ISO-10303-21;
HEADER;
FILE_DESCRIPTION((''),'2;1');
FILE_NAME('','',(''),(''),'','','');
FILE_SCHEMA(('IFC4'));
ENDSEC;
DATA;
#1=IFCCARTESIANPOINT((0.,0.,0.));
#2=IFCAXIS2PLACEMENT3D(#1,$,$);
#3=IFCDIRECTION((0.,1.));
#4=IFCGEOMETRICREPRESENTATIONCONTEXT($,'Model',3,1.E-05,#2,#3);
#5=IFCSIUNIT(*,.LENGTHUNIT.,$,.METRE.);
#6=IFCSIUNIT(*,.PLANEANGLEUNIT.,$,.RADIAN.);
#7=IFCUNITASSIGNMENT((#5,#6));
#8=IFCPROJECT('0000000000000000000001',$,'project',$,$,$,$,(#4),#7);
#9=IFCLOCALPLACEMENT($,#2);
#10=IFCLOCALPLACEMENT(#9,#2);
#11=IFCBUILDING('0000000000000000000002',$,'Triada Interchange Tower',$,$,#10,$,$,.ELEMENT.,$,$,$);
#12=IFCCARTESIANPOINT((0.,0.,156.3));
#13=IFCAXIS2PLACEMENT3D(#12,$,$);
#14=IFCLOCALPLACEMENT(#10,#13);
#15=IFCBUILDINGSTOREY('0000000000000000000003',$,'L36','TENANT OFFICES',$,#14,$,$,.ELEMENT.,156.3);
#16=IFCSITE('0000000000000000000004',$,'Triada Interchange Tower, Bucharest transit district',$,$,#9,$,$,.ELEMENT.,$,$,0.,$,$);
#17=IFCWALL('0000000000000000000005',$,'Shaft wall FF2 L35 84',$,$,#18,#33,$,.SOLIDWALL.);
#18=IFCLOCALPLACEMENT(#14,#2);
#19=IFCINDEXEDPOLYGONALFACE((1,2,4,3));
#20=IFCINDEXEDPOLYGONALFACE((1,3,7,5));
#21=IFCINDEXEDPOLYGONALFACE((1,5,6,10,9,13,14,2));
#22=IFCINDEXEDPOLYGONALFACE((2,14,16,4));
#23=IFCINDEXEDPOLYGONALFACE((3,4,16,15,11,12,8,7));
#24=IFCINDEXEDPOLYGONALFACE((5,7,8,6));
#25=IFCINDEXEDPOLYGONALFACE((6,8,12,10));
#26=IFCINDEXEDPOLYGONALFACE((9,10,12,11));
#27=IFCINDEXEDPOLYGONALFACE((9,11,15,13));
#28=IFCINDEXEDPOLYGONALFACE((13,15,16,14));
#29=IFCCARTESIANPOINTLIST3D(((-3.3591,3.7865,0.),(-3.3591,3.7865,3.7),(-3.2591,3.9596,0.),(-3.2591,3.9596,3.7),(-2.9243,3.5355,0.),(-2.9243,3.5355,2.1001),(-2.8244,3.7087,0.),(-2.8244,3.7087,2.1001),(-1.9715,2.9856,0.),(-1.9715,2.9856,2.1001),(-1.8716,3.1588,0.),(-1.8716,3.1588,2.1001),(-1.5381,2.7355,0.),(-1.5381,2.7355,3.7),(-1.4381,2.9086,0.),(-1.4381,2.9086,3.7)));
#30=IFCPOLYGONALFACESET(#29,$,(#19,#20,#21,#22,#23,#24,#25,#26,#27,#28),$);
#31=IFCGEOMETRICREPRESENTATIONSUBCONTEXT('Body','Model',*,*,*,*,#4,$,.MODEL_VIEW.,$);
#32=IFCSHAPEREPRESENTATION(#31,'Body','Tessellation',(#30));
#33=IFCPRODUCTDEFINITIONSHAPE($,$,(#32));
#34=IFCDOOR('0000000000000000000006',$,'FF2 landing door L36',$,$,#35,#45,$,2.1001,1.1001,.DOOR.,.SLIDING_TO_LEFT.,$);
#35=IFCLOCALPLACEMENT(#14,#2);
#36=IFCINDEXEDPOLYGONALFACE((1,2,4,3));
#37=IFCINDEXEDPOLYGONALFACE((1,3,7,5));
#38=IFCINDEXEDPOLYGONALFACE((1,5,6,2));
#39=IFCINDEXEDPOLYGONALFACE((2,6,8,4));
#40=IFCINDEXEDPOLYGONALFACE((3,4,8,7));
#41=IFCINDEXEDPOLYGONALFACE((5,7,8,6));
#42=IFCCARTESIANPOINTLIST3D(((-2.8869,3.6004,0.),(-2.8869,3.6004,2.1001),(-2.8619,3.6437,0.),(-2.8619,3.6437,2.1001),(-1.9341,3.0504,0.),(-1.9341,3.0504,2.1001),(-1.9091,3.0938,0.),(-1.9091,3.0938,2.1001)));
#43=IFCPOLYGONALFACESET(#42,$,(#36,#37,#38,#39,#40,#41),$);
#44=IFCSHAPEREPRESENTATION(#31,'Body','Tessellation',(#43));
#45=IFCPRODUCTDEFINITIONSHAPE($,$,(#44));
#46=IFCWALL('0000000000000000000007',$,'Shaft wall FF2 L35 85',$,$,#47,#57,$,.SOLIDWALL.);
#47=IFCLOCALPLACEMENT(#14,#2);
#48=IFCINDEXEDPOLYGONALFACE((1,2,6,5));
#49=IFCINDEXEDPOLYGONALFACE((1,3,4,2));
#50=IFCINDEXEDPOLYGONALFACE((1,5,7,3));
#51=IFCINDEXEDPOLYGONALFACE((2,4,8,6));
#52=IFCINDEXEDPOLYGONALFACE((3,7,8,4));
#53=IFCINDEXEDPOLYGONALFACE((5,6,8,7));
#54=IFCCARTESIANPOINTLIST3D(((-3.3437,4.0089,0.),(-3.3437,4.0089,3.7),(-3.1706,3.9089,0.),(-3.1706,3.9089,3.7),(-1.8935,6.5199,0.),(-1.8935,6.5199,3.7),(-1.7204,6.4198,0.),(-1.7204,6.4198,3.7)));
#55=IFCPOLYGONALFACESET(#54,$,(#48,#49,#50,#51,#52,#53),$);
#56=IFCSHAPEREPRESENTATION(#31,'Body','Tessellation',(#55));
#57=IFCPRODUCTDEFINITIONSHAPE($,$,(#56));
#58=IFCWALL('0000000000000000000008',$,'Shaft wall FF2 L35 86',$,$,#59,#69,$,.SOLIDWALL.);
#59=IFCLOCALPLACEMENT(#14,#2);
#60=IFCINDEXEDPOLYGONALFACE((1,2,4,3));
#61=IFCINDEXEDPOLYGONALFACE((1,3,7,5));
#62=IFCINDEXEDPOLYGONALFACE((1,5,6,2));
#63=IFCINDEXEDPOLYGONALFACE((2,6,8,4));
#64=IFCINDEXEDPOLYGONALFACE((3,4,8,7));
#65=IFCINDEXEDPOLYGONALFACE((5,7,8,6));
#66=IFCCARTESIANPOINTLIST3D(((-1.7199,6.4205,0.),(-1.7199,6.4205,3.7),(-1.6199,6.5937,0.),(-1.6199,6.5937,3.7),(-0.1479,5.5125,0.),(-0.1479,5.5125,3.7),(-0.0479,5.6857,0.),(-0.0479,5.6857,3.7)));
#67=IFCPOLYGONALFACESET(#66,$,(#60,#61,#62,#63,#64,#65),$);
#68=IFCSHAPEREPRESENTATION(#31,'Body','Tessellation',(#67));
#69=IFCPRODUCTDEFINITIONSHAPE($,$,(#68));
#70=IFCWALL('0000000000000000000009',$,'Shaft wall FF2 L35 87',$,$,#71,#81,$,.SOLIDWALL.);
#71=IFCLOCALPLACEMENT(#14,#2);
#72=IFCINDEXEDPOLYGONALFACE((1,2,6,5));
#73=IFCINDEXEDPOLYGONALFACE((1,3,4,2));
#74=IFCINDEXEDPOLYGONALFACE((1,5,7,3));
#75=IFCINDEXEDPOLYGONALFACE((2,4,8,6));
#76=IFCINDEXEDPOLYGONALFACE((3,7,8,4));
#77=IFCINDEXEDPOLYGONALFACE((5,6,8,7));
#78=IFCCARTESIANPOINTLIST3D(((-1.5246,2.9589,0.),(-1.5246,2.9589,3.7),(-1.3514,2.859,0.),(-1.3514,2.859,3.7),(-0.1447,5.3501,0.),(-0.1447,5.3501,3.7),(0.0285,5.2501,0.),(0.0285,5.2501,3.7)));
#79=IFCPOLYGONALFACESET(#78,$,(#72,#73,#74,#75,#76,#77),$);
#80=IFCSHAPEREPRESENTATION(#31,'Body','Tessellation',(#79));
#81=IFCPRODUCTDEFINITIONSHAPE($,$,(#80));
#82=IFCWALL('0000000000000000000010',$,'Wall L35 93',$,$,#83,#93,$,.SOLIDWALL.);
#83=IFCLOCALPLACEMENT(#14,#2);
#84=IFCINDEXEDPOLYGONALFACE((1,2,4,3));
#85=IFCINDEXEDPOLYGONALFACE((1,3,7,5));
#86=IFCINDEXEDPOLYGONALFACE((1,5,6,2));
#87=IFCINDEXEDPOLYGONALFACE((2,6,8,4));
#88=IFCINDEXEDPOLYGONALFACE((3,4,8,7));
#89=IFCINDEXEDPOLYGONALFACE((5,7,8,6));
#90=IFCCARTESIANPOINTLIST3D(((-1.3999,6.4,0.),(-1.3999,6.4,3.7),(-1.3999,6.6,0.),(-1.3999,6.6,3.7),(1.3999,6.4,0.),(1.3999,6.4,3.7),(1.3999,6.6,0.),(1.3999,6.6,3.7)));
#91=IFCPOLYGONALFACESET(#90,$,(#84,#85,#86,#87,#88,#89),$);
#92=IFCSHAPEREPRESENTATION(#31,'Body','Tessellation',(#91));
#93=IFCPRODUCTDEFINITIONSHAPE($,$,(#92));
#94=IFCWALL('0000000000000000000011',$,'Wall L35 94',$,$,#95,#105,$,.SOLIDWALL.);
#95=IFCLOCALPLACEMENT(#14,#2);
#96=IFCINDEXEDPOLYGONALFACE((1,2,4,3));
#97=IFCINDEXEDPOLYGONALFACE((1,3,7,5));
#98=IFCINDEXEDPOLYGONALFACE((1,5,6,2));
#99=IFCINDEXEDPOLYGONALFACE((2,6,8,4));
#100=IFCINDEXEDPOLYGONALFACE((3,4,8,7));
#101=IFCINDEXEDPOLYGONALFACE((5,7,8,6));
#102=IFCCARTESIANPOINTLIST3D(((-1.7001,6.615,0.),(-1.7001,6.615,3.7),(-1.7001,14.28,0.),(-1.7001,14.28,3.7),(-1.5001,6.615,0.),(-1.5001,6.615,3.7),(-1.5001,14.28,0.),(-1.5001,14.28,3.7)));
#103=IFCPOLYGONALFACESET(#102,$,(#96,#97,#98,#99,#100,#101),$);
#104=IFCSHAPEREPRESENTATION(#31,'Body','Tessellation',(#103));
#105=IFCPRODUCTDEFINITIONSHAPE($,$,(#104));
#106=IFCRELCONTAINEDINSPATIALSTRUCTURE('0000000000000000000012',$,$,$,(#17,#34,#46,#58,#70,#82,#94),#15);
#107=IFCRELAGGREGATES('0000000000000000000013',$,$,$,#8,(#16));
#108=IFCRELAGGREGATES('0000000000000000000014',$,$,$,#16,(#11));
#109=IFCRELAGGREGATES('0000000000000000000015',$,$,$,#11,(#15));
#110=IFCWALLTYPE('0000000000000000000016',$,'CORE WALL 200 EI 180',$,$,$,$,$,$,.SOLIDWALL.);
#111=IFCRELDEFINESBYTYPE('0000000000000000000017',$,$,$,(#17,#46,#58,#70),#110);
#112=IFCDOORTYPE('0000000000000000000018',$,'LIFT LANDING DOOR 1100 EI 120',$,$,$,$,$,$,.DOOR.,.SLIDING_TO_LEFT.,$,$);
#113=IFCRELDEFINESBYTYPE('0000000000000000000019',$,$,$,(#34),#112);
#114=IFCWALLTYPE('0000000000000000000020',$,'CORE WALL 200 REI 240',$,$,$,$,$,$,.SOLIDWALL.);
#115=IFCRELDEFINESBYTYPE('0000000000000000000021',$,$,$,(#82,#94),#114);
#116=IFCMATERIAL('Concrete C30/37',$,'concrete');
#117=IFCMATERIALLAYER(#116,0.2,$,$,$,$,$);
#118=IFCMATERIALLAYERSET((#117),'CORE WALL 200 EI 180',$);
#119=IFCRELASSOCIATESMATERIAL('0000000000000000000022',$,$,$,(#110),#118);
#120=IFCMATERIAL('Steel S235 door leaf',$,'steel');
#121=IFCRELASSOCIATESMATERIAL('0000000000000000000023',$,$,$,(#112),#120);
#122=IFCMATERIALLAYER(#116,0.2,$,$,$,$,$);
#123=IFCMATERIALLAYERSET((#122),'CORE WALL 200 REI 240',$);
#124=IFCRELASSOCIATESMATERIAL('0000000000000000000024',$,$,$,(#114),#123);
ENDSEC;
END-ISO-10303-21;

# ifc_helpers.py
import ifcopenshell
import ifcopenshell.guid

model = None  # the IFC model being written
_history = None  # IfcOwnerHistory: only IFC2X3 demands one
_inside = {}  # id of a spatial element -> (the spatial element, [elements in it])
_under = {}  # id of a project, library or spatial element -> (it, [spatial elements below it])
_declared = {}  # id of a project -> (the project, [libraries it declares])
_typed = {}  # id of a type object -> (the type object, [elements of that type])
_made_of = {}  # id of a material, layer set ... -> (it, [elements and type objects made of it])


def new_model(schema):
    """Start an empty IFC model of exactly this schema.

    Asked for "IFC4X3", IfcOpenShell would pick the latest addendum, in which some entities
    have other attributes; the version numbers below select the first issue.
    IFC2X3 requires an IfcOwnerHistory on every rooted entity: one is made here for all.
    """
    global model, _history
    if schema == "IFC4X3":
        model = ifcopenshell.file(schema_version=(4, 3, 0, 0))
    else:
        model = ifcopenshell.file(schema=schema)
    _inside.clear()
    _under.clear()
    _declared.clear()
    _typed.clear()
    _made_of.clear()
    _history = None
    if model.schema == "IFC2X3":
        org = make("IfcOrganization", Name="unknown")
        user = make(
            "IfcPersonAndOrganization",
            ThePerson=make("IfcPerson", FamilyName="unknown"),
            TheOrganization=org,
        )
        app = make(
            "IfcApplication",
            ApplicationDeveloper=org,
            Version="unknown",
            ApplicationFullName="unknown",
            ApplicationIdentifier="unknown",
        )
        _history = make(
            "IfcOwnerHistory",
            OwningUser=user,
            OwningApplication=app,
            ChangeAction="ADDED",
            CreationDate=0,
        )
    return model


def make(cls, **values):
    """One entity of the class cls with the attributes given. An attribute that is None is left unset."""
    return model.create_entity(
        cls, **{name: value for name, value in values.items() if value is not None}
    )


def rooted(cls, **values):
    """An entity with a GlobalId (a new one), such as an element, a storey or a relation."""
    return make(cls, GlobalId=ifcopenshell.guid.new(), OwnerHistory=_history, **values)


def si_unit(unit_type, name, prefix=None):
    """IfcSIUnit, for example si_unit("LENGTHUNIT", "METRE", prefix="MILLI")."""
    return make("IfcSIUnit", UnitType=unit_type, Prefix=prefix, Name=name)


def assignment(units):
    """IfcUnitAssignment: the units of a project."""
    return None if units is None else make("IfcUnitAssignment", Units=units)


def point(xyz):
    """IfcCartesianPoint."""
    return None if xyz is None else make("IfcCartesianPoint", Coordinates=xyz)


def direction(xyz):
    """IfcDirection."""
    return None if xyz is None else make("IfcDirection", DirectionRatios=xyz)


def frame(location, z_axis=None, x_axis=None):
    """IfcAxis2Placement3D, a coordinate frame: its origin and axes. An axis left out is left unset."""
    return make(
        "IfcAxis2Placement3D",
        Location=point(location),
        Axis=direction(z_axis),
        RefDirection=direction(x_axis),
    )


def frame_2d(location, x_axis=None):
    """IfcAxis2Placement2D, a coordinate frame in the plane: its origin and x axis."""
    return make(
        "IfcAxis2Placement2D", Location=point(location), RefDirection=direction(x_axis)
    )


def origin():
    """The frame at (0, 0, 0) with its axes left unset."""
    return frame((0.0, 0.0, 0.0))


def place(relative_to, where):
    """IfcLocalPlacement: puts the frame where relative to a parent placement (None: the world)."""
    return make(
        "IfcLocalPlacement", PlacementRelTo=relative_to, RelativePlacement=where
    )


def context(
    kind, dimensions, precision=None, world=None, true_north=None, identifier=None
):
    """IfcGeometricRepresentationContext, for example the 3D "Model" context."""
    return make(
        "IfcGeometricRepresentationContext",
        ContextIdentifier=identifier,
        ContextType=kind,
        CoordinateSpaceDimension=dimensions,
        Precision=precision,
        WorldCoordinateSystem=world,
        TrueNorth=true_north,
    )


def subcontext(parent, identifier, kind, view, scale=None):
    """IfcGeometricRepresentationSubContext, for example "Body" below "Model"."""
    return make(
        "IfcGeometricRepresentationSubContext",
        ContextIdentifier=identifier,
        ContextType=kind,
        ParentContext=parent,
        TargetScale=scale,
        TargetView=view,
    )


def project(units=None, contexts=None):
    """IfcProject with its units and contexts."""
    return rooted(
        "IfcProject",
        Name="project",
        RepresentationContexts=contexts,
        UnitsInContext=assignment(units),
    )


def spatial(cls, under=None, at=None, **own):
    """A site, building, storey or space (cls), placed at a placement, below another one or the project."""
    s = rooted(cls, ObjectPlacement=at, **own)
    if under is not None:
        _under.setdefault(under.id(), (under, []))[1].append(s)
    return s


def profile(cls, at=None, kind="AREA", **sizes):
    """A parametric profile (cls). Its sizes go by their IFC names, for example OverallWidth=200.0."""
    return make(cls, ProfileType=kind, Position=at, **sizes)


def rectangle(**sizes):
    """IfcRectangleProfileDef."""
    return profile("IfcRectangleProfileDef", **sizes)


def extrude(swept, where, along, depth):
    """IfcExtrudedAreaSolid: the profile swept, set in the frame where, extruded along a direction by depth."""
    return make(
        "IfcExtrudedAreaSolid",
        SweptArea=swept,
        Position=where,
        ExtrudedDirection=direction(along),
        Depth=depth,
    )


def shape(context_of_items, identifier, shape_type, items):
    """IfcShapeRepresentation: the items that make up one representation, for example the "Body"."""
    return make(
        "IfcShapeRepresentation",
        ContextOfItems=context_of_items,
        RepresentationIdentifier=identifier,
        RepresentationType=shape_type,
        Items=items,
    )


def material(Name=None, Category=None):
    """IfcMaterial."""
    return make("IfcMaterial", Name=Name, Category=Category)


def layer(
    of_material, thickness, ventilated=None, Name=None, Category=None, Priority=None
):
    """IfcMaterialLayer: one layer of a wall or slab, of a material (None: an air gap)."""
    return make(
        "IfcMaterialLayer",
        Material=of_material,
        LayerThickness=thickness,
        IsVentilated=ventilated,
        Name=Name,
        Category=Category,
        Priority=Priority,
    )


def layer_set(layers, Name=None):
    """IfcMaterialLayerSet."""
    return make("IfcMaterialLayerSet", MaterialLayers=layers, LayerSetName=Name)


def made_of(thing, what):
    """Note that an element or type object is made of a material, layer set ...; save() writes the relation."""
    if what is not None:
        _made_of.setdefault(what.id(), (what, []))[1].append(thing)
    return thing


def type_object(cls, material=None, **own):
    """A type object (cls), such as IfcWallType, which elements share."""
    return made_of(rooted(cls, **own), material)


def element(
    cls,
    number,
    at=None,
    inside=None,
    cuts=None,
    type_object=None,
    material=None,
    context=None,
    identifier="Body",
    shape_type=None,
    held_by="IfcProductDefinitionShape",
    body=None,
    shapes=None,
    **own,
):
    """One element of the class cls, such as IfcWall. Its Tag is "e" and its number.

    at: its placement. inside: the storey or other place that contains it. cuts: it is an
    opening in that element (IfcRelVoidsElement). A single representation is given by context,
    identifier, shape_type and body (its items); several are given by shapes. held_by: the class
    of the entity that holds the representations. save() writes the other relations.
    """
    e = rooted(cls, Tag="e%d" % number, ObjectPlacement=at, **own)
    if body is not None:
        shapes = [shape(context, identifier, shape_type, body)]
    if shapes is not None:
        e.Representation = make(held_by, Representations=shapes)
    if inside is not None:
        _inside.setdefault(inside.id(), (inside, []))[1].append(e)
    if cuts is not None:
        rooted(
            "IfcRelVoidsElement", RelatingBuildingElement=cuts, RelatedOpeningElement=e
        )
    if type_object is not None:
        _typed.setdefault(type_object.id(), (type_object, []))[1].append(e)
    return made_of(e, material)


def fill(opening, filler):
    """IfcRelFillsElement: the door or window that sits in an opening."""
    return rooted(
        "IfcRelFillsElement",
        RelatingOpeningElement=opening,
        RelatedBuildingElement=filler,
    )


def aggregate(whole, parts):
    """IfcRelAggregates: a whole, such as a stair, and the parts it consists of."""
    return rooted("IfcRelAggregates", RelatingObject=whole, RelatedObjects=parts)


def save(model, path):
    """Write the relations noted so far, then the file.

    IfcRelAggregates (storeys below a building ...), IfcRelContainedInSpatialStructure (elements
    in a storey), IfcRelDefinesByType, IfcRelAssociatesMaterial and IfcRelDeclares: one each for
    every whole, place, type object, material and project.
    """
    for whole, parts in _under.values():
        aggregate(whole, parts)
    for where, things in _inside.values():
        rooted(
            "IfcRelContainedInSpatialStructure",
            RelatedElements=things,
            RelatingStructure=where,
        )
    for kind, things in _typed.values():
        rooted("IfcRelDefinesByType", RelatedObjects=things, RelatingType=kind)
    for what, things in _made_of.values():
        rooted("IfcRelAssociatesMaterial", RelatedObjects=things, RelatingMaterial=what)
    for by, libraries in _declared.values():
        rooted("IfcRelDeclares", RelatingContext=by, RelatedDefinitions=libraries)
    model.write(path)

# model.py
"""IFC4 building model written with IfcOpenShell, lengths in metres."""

from ifc_helpers import new_model, si_unit, direction, frame, frame_2d, origin, place, context, subcontext, project, spatial, rectangle, extrude, material, layer, layer_set, type_object, element, fill, save


model = new_model("IFC4")

# Units and contexts
model_context = context("Model", 3, precision=1e-05, world=origin(), true_north=direction((0.0, 1.0)))
body_context = subcontext(model_context, "Body", "Model", "MODEL_VIEW")
ifc_project = project(units=[si_unit("LENGTHUNIT", "METRE"), si_unit("PLANEANGLEUNIT", "RADIAN")], contexts=[model_context])

# Site, building, storey
site_placement = place(None, origin())
site = spatial("IfcSite", under=ifc_project, at=site_placement, Name="Triada Interchange Tower, Bucharest transit district", CompositionType="ELEMENT", RefElevation=0.0)
building_placement = place(site_placement, origin())
building = spatial("IfcBuilding", under=site, at=building_placement, Name="Triada Interchange Tower", CompositionType="ELEMENT")
storey_placement = place(building_placement, frame((0.0, 0.0, 156.3)))
storey = spatial("IfcBuildingStorey", under=building, at=storey_placement, Name="L36", Description="TENANT OFFICES", CompositionType="ELEMENT", Elevation=156.3)

# Shared definitions
ifc_material_1 = material(Name="Concrete C30/37", Category="concrete")
ifc_layer_1 = layer(ifc_material_1, 0.2)
ifc_layer_set_1 = layer_set([ifc_layer_1], Name="CORE WALL 200 EI 180")
wall_type_1 = type_object("IfcWallType", Name="CORE WALL 200 EI 180", PredefinedType="SOLIDWALL", material=ifc_layer_set_1)

# Shared definitions
ifc_material_2 = material(Name="Steel S235 door leaf", Category="steel")

# Wall, opening, door
door_type_1 = type_object("IfcDoorType", Name="LIFT LANDING DOOR 1100 EI 120", OperationType="SLIDING_TO_LEFT", PredefinedType="DOOR", material=ifc_material_2)
wall_1_placement = place(storey_placement, frame((-3.3091, 3.873, 0.0), z_axis=(0.0, 0.0, 1.0), x_axis=(0.866099, -0.499873, 0.0)))
wall_1 = element("IfcWall", 1, at=wall_1_placement, inside=storey, type_object=wall_type_1, Name="Shaft wall FF2 L35 84", PredefinedType="SOLIDWALL", context=body_context, shape_type="SweptSolid", body=[
    extrude(rectangle(XDim=2.1025, YDim=0.2, at=frame_2d((1.0513, 0.0))), origin(), (0.0, 0.0, 1.0), 3.7),
])
opening_1_placement = place(wall_1_placement, frame((0.502, 0.0, 0.0)))
opening_1 = element("IfcOpeningElement", 2, at=opening_1_placement, cuts=wall_1, PredefinedType="OPENING", context=body_context, shape_type="SweptSolid", body=[
    extrude(rectangle(XDim=1.1001, YDim=2.1001, at=frame_2d((0.55, 1.05))), frame((0.0, 0.1099, 0.0), z_axis=(0.0, -1.0, 0.0), x_axis=(1.0, 0.0, 0.0)), (0.0, 0.0, 1.0), 0.22),
])
door_1_placement = place(opening_1_placement, origin())
door_1 = element("IfcDoor", 3, at=door_1_placement, inside=storey, type_object=door_type_1, Name="FF2 landing door L36", OperationType="SLIDING_TO_LEFT", OverallHeight=2.1001, OverallWidth=1.1001, PredefinedType="DOOR", context=body_context, shape_type="SweptSolid", body=[
    extrude(rectangle(XDim=1.1001, YDim=2.1001, at=frame_2d((0.55, 1.05))), frame((0.0, 0.0249, 0.0), z_axis=(0.0, -1.0, 0.0), x_axis=(1.0, 0.0, 0.0)), (0.0, 0.0, 1.0), 0.05),
])
fill(opening_1, door_1)

# Walls
wall_2_placement = place(storey_placement, frame((-3.2571, 3.959, 0.0), z_axis=(0.0, 0.0, 1.0), x_axis=(0.500123, 0.865954, 0.0)))
element("IfcWall", 4, at=wall_2_placement, inside=storey, type_object=wall_type_1, Name="Shaft wall FF2 L35 85", PredefinedType="SOLIDWALL", context=body_context, shape_type="SweptSolid", body=[
    extrude(rectangle(XDim=2.8997, YDim=0.2, at=frame_2d((1.4497, 0.0))), origin(), (0.0, 0.0, 1.0), 3.7),
])
wall_3_placement = place(storey_placement, frame((-1.6699, 6.5071, 0.0), z_axis=(0.0, 0.0, 1.0), x_axis=(0.865941, -0.500145, 0.0)))
element("IfcWall", 5, at=wall_3_placement, inside=storey, type_object=wall_type_1, Name="Shaft wall FF2 L35 86", PredefinedType="SOLIDWALL", context=body_context, shape_type="SweptSolid", body=[
    extrude(rectangle(XDim=1.8154, YDim=0.2, at=frame_2d((0.9077, 0.0))), origin(), (0.0, 0.0, 1.0), 3.7),
])
wall_4_placement = place(storey_placement, frame((-1.438, 2.9089, 0.0), z_axis=(0.0, 0.0, 1.0), x_axis=(0.49983, 0.866124, 0.0)))
element("IfcWall", 6, at=wall_4_placement, inside=storey, type_object=wall_type_1, Name="Shaft wall FF2 L35 87", PredefinedType="SOLIDWALL", context=body_context, shape_type="SweptSolid", body=[
    extrude(rectangle(XDim=2.7607, YDim=0.2, at=frame_2d((1.3804, 0.0))), origin(), (0.0, 0.0, 1.0), 3.7),
])
ifc_layer_2 = layer(ifc_material_1, 0.2)
ifc_layer_set_2 = layer_set([ifc_layer_2], Name="CORE WALL 200 REI 240")
wall_type_2 = type_object("IfcWallType", Name="CORE WALL 200 REI 240", PredefinedType="SOLIDWALL", material=ifc_layer_set_2)
wall_5_placement = place(storey_placement, frame((-1.3999, 6.5, 0.0), z_axis=(0.0, 0.0, 1.0), x_axis=(1.0, 0.0, 0.0)))
element("IfcWall", 7, at=wall_5_placement, inside=storey, type_object=wall_type_2, Name="Wall L35 93", PredefinedType="SOLIDWALL", context=body_context, shape_type="SweptSolid", body=[
    extrude(rectangle(XDim=2.7998, YDim=0.2, at=frame_2d((1.3999, 0.0))), origin(), (0.0, 0.0, 1.0), 3.7),
])
wall_6_placement = place(storey_placement, frame((-1.6001, 6.615, 0.0), z_axis=(0.0, 0.0, 1.0), x_axis=(0.0, 1.0, 0.0)))
element("IfcWall", 8, at=wall_6_placement, inside=storey, type_object=wall_type_2, Name="Wall L35 94", PredefinedType="SOLIDWALL", context=body_context, shape_type="SweptSolid", body=[
    extrude(rectangle(XDim=7.665, YDim=0.2, at=frame_2d((3.8325, 0.0))), origin(), (0.0, 0.0, 1.0), 3.7),
])

save(model, "model.ifc")
